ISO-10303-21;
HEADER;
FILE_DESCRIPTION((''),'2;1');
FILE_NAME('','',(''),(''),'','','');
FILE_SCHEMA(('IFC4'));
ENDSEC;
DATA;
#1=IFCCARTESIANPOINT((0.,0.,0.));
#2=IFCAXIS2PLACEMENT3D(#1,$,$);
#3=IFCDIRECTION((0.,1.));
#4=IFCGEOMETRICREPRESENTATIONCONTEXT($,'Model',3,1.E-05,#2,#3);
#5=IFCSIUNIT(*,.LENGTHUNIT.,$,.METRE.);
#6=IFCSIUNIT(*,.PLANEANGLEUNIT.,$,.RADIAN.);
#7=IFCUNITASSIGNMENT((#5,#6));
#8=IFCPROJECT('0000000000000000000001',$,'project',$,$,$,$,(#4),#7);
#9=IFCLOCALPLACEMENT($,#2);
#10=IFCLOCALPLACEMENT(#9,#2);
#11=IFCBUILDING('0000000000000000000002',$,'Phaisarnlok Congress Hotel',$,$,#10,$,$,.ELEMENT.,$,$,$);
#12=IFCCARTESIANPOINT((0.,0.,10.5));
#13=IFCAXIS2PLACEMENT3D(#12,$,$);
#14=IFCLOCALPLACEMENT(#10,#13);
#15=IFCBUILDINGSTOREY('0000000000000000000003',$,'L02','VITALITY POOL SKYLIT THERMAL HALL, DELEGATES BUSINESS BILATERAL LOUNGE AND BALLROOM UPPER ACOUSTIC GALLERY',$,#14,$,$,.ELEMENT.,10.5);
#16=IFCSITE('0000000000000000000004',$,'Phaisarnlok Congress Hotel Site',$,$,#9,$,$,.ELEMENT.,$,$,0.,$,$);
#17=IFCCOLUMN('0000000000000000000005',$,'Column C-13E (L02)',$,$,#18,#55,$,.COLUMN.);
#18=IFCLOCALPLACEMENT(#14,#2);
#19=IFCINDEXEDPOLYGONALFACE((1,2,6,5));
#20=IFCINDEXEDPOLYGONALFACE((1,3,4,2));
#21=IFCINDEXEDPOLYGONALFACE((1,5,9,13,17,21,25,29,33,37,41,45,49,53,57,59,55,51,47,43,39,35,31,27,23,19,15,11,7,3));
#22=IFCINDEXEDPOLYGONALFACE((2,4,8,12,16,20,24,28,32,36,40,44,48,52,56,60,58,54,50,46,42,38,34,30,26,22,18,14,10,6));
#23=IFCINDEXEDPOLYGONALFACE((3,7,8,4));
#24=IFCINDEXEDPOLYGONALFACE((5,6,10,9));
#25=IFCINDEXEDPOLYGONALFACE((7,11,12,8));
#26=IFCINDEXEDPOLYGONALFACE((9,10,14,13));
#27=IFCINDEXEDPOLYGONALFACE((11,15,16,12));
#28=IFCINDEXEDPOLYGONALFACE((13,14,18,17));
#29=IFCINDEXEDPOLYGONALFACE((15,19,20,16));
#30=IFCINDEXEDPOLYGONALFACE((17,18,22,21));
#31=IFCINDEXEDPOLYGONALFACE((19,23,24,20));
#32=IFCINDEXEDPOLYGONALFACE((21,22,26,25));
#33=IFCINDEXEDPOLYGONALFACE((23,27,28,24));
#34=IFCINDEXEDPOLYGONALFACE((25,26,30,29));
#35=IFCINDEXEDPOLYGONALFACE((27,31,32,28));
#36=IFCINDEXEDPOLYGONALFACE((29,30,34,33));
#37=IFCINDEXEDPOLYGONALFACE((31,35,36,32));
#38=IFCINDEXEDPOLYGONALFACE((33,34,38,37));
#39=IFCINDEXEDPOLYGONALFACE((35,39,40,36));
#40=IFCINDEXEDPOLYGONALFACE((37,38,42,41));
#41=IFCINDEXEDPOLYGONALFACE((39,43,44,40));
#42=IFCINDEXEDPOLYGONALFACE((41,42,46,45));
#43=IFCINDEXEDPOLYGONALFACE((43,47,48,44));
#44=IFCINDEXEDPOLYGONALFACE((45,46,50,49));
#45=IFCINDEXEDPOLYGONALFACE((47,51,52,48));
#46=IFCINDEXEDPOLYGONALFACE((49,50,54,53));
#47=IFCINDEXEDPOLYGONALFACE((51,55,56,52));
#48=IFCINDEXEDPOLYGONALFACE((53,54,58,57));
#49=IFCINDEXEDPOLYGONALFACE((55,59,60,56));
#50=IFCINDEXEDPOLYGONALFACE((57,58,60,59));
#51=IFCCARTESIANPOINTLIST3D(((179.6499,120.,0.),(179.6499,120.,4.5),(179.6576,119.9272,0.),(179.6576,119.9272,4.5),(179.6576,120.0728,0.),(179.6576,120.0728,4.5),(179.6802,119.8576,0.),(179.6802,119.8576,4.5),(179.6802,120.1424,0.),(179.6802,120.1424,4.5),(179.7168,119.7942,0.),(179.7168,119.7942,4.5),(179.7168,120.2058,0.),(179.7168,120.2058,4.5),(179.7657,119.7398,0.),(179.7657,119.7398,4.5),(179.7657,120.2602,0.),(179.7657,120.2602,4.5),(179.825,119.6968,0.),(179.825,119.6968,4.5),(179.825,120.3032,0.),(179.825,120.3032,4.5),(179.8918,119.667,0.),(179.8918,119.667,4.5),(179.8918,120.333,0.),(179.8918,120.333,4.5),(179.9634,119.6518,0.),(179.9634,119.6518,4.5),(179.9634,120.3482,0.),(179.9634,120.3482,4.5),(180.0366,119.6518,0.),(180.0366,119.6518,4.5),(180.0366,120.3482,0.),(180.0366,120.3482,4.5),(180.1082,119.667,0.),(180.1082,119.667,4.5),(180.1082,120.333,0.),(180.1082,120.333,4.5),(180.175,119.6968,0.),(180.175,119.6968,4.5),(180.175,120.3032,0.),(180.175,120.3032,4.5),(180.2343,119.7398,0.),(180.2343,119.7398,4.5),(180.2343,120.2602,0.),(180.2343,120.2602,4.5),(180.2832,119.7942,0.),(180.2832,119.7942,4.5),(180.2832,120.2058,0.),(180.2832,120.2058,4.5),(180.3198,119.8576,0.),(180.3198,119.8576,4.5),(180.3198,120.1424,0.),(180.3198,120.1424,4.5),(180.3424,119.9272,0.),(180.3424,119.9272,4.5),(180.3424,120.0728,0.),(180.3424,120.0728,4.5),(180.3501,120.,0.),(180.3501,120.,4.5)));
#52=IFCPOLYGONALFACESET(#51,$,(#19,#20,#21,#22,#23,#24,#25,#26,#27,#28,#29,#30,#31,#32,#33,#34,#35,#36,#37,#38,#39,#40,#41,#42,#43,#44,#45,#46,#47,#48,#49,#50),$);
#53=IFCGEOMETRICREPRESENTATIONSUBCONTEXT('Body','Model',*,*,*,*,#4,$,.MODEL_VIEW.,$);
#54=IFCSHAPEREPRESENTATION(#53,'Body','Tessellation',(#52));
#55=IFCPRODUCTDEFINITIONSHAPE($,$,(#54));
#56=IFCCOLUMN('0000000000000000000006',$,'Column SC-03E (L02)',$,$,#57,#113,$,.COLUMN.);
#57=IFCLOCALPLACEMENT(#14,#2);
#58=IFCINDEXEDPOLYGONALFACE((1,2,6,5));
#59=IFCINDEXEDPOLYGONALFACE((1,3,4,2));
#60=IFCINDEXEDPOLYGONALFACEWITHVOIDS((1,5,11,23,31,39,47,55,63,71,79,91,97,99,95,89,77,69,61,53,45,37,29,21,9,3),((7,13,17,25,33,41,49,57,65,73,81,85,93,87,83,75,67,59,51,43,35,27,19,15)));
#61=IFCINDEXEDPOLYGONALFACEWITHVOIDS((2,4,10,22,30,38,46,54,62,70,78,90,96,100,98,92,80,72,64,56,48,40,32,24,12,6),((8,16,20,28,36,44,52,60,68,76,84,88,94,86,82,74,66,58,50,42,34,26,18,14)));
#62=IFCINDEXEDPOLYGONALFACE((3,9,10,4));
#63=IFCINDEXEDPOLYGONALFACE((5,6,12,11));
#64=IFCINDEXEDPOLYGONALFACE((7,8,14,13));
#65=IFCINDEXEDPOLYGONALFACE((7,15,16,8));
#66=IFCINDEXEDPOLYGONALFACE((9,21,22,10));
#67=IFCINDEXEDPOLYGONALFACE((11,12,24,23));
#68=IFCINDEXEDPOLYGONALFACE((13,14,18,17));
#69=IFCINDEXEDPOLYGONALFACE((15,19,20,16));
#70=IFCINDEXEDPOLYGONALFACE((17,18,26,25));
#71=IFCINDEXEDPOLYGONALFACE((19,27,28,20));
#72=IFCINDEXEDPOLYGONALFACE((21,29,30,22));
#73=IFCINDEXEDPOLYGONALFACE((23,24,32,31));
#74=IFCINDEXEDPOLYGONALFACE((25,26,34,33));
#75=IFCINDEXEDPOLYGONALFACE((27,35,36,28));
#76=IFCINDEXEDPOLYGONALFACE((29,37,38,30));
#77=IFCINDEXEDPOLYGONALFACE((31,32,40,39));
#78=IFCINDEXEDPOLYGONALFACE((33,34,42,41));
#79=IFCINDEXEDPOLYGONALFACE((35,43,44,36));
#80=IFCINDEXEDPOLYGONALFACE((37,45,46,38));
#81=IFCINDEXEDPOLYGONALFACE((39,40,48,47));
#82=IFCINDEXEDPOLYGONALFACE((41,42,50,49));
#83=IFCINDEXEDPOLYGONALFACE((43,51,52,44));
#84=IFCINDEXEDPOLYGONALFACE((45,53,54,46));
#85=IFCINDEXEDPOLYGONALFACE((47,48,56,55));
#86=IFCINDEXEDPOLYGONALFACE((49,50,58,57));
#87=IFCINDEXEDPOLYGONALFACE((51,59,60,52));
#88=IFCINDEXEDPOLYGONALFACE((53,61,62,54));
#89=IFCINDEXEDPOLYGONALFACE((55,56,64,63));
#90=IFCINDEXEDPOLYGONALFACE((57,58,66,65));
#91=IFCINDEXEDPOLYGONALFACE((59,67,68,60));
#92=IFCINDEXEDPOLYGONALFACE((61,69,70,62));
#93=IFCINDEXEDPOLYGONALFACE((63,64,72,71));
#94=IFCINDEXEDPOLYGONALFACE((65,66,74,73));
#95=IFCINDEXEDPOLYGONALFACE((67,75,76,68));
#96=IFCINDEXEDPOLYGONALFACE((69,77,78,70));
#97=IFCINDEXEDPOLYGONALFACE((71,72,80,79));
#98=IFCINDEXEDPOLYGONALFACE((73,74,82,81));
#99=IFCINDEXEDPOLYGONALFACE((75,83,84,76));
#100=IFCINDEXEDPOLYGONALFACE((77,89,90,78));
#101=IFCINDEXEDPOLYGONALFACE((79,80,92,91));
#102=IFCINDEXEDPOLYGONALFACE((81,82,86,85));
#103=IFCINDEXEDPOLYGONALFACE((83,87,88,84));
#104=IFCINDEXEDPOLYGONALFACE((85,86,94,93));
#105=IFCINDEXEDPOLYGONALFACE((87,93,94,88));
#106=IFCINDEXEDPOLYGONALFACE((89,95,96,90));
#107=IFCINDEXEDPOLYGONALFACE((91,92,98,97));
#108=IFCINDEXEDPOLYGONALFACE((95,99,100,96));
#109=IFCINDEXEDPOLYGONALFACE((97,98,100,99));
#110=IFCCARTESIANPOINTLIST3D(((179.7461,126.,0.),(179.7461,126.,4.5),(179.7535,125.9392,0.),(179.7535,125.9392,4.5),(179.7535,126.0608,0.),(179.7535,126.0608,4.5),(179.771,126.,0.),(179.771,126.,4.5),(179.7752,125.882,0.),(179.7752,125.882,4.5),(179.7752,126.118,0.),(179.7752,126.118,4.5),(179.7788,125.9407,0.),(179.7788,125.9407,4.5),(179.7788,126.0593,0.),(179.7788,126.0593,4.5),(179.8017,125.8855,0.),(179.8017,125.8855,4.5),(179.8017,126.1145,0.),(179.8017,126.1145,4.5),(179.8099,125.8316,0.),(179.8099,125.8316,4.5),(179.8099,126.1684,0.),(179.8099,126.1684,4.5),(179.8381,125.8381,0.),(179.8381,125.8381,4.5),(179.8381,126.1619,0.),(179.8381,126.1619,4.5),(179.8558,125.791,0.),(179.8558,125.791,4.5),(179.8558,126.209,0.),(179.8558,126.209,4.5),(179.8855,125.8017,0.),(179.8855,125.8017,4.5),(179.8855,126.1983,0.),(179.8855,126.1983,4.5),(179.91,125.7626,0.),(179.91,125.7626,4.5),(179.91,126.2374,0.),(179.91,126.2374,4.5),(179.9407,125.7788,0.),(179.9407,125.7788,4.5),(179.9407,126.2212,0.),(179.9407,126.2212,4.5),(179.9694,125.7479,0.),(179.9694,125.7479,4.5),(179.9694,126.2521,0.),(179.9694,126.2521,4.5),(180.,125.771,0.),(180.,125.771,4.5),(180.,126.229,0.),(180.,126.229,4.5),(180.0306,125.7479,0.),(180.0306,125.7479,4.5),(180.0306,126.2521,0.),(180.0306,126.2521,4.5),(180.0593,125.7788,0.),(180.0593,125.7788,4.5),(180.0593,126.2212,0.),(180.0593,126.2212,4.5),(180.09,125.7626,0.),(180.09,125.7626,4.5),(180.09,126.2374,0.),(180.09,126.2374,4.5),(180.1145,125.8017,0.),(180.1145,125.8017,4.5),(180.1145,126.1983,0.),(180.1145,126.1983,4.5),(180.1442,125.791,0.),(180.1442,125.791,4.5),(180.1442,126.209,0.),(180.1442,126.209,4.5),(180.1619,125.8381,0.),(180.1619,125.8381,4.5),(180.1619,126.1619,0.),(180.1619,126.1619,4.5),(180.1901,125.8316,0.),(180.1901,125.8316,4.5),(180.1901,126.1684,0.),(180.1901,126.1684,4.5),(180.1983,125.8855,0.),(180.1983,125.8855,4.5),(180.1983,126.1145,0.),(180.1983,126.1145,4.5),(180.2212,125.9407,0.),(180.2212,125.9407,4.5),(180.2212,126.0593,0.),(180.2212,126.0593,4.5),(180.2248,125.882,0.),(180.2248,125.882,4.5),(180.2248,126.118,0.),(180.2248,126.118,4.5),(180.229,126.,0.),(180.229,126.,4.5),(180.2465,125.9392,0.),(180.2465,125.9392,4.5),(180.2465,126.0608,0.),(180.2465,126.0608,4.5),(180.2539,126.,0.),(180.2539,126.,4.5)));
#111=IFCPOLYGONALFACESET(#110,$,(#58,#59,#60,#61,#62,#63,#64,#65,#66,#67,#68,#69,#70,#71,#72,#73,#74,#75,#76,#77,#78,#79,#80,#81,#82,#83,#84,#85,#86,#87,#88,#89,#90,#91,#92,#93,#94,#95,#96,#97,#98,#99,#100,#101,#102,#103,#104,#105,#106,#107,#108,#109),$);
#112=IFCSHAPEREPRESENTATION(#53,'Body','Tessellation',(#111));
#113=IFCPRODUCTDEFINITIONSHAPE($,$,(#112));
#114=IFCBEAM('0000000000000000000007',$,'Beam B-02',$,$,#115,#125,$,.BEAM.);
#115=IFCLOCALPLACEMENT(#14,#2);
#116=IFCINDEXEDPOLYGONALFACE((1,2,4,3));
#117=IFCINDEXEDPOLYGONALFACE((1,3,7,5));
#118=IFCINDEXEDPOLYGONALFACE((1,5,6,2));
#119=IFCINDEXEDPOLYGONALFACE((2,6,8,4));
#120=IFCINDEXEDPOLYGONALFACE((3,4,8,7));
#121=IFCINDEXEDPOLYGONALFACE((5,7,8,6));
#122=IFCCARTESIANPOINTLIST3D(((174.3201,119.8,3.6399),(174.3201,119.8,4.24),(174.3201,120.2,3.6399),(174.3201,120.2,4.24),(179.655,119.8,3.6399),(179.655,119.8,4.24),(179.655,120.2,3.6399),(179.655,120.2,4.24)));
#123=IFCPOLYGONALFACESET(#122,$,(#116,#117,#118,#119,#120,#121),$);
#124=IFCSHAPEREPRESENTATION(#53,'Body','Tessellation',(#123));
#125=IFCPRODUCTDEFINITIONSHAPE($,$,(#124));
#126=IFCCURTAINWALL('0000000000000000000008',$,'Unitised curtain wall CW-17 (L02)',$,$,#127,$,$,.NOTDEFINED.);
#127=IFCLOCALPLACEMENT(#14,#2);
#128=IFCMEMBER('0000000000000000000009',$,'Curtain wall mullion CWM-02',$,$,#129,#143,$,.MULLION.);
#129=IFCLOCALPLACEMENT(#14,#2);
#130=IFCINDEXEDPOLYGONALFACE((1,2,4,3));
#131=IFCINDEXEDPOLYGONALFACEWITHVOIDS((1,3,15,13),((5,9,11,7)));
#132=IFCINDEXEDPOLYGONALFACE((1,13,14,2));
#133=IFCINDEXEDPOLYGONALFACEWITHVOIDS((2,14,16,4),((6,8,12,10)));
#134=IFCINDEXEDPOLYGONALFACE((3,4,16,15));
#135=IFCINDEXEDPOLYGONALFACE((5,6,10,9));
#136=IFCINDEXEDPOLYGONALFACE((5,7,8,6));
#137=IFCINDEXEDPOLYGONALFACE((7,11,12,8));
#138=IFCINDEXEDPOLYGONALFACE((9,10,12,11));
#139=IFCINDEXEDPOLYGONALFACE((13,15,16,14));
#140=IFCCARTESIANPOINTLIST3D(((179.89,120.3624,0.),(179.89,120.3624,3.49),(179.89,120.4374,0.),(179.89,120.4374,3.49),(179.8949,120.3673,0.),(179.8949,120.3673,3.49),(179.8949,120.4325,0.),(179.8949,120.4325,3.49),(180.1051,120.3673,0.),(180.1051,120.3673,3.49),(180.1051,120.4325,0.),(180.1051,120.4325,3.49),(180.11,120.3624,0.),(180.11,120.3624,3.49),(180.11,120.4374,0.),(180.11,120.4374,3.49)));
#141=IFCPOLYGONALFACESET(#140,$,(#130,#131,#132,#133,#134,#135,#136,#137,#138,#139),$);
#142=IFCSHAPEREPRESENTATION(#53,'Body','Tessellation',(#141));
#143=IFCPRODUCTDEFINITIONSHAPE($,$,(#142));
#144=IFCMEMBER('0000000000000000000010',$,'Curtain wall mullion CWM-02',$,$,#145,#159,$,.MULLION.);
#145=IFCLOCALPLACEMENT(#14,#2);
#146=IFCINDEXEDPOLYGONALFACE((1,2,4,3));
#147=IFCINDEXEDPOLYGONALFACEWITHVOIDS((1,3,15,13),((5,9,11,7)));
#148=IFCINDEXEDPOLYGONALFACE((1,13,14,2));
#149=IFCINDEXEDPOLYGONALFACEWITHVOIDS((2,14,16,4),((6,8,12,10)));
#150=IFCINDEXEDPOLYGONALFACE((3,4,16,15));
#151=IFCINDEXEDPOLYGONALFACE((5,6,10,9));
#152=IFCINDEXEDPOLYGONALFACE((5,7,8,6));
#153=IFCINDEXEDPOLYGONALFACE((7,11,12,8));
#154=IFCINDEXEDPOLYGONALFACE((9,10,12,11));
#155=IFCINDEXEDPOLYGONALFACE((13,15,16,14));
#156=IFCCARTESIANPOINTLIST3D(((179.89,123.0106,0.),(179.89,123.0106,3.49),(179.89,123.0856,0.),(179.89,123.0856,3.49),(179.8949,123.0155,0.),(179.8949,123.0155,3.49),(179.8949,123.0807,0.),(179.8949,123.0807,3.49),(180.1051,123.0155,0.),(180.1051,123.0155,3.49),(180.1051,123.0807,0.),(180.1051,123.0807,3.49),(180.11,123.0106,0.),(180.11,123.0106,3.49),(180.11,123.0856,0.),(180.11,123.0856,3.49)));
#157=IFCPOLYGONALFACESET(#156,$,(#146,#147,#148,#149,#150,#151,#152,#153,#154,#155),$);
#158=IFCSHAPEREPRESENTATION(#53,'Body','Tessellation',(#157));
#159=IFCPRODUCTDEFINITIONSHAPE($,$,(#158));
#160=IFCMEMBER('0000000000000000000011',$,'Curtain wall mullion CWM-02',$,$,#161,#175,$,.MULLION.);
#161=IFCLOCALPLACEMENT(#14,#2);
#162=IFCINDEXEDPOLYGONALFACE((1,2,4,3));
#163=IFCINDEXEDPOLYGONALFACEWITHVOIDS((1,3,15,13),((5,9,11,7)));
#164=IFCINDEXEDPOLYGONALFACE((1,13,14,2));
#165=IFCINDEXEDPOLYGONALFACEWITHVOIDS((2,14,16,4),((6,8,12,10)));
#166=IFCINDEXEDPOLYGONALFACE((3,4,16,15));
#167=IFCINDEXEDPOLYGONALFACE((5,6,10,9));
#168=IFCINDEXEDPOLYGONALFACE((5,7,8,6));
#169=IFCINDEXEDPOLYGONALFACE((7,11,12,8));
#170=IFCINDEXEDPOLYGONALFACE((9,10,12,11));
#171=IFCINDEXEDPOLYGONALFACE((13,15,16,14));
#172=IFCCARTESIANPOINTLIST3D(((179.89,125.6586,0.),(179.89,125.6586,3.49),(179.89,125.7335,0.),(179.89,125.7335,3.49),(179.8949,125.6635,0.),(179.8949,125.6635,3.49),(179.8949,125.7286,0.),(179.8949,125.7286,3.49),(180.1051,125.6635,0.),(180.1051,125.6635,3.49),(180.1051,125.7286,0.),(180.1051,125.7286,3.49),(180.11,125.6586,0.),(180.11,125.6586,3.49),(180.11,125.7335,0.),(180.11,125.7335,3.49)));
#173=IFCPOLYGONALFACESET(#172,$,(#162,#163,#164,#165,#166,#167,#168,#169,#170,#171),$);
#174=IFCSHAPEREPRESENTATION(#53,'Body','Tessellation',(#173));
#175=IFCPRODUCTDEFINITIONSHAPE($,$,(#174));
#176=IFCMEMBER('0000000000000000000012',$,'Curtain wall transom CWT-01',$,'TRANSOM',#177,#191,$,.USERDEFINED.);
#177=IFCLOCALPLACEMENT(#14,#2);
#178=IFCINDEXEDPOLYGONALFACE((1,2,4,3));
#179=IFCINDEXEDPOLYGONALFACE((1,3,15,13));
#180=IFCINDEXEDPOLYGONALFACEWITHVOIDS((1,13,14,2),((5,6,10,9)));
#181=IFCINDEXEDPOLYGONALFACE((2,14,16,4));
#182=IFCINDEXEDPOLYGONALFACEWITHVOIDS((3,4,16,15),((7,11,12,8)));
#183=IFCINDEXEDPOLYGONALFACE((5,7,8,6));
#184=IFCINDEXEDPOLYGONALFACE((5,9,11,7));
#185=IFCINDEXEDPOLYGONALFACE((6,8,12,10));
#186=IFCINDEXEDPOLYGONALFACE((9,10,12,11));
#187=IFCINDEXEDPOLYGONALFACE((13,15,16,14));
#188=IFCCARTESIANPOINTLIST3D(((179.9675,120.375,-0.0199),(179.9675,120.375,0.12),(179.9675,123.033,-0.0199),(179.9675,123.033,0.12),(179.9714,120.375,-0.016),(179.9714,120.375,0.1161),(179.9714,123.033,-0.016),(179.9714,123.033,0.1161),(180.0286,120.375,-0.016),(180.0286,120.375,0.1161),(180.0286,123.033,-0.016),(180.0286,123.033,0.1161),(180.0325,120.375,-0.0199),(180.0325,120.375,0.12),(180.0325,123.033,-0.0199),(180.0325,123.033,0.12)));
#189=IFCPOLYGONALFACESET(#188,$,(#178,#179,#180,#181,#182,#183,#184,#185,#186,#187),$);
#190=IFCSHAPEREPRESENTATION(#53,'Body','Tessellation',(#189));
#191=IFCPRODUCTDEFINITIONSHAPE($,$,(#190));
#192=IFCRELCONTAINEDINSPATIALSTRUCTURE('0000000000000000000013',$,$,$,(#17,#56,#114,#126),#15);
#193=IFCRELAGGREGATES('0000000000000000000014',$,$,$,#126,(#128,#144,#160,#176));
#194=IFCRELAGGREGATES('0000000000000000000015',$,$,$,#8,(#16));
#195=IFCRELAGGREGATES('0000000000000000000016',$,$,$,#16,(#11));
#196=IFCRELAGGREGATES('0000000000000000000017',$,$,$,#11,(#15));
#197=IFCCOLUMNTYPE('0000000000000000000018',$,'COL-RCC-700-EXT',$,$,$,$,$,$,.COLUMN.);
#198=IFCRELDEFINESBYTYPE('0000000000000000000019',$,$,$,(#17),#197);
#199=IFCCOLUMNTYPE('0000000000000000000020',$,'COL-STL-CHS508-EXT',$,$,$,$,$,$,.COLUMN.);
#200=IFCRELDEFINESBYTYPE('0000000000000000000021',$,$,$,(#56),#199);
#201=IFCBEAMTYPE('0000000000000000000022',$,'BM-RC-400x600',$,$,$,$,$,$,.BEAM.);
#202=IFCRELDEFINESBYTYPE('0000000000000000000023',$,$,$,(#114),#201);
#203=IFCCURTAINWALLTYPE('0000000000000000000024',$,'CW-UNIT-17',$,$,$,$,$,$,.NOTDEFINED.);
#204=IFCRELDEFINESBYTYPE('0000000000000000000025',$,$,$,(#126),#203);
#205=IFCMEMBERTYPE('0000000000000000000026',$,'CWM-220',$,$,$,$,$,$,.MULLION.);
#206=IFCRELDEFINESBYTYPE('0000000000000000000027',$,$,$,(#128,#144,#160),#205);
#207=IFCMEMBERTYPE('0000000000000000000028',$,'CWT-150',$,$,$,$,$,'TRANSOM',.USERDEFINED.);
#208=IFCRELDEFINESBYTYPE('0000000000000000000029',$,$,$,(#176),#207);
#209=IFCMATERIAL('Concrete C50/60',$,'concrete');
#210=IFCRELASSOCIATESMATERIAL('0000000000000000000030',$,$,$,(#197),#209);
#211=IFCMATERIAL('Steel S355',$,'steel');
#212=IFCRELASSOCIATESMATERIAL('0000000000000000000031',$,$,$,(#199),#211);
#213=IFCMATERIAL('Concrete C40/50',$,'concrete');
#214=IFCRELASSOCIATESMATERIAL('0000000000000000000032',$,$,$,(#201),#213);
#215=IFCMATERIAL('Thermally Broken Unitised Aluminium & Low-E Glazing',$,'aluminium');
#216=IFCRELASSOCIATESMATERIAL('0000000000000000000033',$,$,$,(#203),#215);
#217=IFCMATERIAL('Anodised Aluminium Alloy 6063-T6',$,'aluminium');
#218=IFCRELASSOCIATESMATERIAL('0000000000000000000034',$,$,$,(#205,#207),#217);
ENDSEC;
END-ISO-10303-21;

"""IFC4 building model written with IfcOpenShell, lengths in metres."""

from ifc_helpers import new_model, si_unit, direction, frame, origin, origin_2d, place, context, subcontext, project, spatial, rectangle, hollow_rectangle, circle, hollow_circle, extrude, material, material_profile, profile_set, type_object, element, aggregate, save


model = new_model("IFC4")

# Units and contexts
model_context = context("Model", 3, precision=1e-05, world=origin(), true_north=direction((0.0, 1.0)))
body_context = subcontext(model_context, "Body", "Model", "MODEL_VIEW")
ifc_project = project(units=[si_unit("LENGTHUNIT", "METRE"), si_unit("PLANEANGLEUNIT", "RADIAN")], contexts=[model_context])

# Site, building, storey
site_placement = place(None, origin())
site = spatial("IfcSite", under=ifc_project, at=site_placement, Name="Phaisarnlok Congress Hotel Site", CompositionType="ELEMENT", RefElevation=0.0)
building_placement = place(site_placement, origin())
building = spatial("IfcBuilding", under=site, at=building_placement, Name="Phaisarnlok Congress Hotel", CompositionType="ELEMENT")
storey_placement = place(building_placement, frame((0.0, 0.0, 10.5)))
storey = spatial("IfcBuildingStorey", under=building, at=storey_placement, Name="L02", Description="VITALITY POOL SKYLIT THERMAL HALL, DELEGATES BUSINESS BILATERAL LOUNGE AND BALLROOM UPPER ACOUSTIC GALLERY", CompositionType="ELEMENT", Elevation=10.5)

# Columns
ifc_material_1 = material(Name="Concrete C50/60", Category="concrete")
ifc_material_profile_1 = material_profile(ifc_material_1, circle(Radius=0.3501, at=origin_2d()), Name="RCC D700")
ifc_profile_set_1 = profile_set([ifc_material_profile_1], Name="Concrete C50/60")
column_type_1 = type_object("IfcColumnType", Name="COL-RCC-700-EXT", PredefinedType="COLUMN", material=ifc_profile_set_1)
column_1_placement = place(storey_placement, frame((180.0, 120.0, 0.0), z_axis=(0.0, 0.0, 1.0), x_axis=(1.0, 0.0, 0.0)))
element("IfcColumn", 1, at=column_1_placement, inside=storey, type_object=column_type_1, Name="Column C-13E (L02)", PredefinedType="COLUMN", context=body_context, shape_type="SweptSolid", body=[
    extrude(circle(Radius=0.3501, at=origin_2d()), origin(), (0.0, 0.0, 1.0), 4.5),
])
ifc_material_2 = material(Name="Steel S355", Category="steel")
ifc_material_profile_2 = material_profile(ifc_material_2, hollow_circle(Radius=0.2539, WallThickness=0.0249, at=origin_2d()), Name="CHS 508x25")
ifc_profile_set_2 = profile_set([ifc_material_profile_2], Name="Steel S355")
column_type_2 = type_object("IfcColumnType", Name="COL-STL-CHS508-EXT", PredefinedType="COLUMN", material=ifc_profile_set_2)
column_2_placement = place(storey_placement, frame((180.0, 126.0, 0.0), z_axis=(0.0, 0.0, 1.0), x_axis=(1.0, 0.0, 0.0)))
element("IfcColumn", 2, at=column_2_placement, inside=storey, type_object=column_type_2, Name="Column SC-03E (L02)", PredefinedType="COLUMN", context=body_context, shape_type="SweptSolid", body=[
    extrude(hollow_circle(Radius=0.2539, WallThickness=0.0249, at=origin_2d()), origin(), (0.0, 0.0, 1.0), 4.5),
])

# Beam
ifc_material_3 = material(Name="Concrete C40/50", Category="concrete")
ifc_material_profile_3 = material_profile(ifc_material_3, rectangle(XDim=0.3999, YDim=0.6001, at=origin_2d()), Name="RC 400x600")
ifc_profile_set_3 = profile_set([ifc_material_profile_3], Name="Concrete C40/50")
beam_type_1 = type_object("IfcBeamType", Name="BM-RC-400x600", PredefinedType="BEAM", material=ifc_profile_set_3)
beam_1_placement = place(storey_placement, frame((174.3201, 120.0, 3.9399), z_axis=(1.0, 0.0, 0.0), x_axis=(0.0, 1.0, 0.0)))
element("IfcBeam", 3, at=beam_1_placement, inside=storey, type_object=beam_type_1, Name="Beam B-02", PredefinedType="BEAM", context=body_context, shape_type="SweptSolid", body=[
    extrude(rectangle(XDim=0.3999, YDim=0.6001, at=origin_2d()), origin(), (0.0, 0.0, 1.0), 5.335),
])

# Curtain wall, members
ifc_material_4 = material(Name="Thermally Broken Unitised Aluminium & Low-E Glazing", Category="aluminium")
curtain_wall_type = type_object("IfcCurtainWallType", Name="CW-UNIT-17", PredefinedType="NOTDEFINED", material=ifc_material_4)
curtain_wall_placement = place(storey_placement, origin())
curtain_wall = element("IfcCurtainWall", 4, at=curtain_wall_placement, inside=storey, type_object=curtain_wall_type, Name="Unitised curtain wall CW-17 (L02)", PredefinedType="NOTDEFINED")
ifc_material_5 = material(Name="Anodised Aluminium Alloy 6063-T6", Category="aluminium")
ifc_material_profile_4 = material_profile(ifc_material_5, hollow_rectangle(XDim=0.075, YDim=0.22, WallThickness=0.0049, at=origin_2d()), Name="ALU-M 75x220x5")
ifc_profile_set_4 = profile_set([ifc_material_profile_4], Name="Anodised Aluminium Alloy 6063-T6")
member_type_1 = type_object("IfcMemberType", Name="CWM-220", PredefinedType="MULLION", material=ifc_profile_set_4)
member_1_placement = place(storey_placement, frame((180.0, 120.3999, 0.0), z_axis=(0.0, 0.0, 1.0), x_axis=(0.0, 1.0, 0.0)))
member_1 = element("IfcMember", 5, at=member_1_placement, type_object=member_type_1, Name="Curtain wall mullion CWM-02", PredefinedType="MULLION", context=body_context, shape_type="SweptSolid", body=[
    extrude(hollow_rectangle(XDim=0.075, YDim=0.22, WallThickness=0.0049, at=origin_2d()), origin(), (0.0, 0.0, 1.0), 3.49),
])
member_2_placement = place(storey_placement, frame((180.0, 123.0481, 0.0), z_axis=(0.0, 0.0, 1.0), x_axis=(0.0, 1.0, 0.0)))
member_2 = element("IfcMember", 6, at=member_2_placement, type_object=member_type_1, Name="Curtain wall mullion CWM-02", PredefinedType="MULLION", context=body_context, shape_type="SweptSolid", body=[
    extrude(hollow_rectangle(XDim=0.075, YDim=0.22, WallThickness=0.0049, at=origin_2d()), origin(), (0.0, 0.0, 1.0), 3.49),
])
member_3_placement = place(storey_placement, frame((180.0, 125.696, 0.0), z_axis=(0.0, 0.0, 1.0), x_axis=(0.0, 1.0, 0.0)))
member_3 = element("IfcMember", 7, at=member_3_placement, type_object=member_type_1, Name="Curtain wall mullion CWM-02", PredefinedType="MULLION", context=body_context, shape_type="SweptSolid", body=[
    extrude(hollow_rectangle(XDim=0.075, YDim=0.22, WallThickness=0.0049, at=origin_2d()), origin(), (0.0, 0.0, 1.0), 3.49),
])
ifc_material_profile_5 = material_profile(ifc_material_5, hollow_rectangle(XDim=0.0649, YDim=0.1399, WallThickness=0.0039, at=origin_2d()), Name="ALU-T 65x140x4")
ifc_profile_set_5 = profile_set([ifc_material_profile_5], Name="Anodised Aluminium Alloy 6063-T6")
member_type_2 = type_object("IfcMemberType", Name="CWT-150", ElementType="TRANSOM", PredefinedType="USERDEFINED", material=ifc_profile_set_5)
member_4_placement = place(storey_placement, frame((180.0, 120.375, 0.05), z_axis=(0.0, 1.0, 0.0), x_axis=(-1.0, 0.0, 0.0)))
member_4 = element("IfcMember", 8, at=member_4_placement, type_object=member_type_2, Name="Curtain wall transom CWT-01", ObjectType="TRANSOM", PredefinedType="USERDEFINED", context=body_context, shape_type="SweptSolid", body=[
    extrude(hollow_rectangle(XDim=0.0649, YDim=0.1399, WallThickness=0.0039, at=origin_2d()), origin(), (0.0, 0.0, 1.0), 2.658),
])

aggregate(curtain_wall, [member_1, member_2, member_3, member_4])

save(model, "model.ifc")
